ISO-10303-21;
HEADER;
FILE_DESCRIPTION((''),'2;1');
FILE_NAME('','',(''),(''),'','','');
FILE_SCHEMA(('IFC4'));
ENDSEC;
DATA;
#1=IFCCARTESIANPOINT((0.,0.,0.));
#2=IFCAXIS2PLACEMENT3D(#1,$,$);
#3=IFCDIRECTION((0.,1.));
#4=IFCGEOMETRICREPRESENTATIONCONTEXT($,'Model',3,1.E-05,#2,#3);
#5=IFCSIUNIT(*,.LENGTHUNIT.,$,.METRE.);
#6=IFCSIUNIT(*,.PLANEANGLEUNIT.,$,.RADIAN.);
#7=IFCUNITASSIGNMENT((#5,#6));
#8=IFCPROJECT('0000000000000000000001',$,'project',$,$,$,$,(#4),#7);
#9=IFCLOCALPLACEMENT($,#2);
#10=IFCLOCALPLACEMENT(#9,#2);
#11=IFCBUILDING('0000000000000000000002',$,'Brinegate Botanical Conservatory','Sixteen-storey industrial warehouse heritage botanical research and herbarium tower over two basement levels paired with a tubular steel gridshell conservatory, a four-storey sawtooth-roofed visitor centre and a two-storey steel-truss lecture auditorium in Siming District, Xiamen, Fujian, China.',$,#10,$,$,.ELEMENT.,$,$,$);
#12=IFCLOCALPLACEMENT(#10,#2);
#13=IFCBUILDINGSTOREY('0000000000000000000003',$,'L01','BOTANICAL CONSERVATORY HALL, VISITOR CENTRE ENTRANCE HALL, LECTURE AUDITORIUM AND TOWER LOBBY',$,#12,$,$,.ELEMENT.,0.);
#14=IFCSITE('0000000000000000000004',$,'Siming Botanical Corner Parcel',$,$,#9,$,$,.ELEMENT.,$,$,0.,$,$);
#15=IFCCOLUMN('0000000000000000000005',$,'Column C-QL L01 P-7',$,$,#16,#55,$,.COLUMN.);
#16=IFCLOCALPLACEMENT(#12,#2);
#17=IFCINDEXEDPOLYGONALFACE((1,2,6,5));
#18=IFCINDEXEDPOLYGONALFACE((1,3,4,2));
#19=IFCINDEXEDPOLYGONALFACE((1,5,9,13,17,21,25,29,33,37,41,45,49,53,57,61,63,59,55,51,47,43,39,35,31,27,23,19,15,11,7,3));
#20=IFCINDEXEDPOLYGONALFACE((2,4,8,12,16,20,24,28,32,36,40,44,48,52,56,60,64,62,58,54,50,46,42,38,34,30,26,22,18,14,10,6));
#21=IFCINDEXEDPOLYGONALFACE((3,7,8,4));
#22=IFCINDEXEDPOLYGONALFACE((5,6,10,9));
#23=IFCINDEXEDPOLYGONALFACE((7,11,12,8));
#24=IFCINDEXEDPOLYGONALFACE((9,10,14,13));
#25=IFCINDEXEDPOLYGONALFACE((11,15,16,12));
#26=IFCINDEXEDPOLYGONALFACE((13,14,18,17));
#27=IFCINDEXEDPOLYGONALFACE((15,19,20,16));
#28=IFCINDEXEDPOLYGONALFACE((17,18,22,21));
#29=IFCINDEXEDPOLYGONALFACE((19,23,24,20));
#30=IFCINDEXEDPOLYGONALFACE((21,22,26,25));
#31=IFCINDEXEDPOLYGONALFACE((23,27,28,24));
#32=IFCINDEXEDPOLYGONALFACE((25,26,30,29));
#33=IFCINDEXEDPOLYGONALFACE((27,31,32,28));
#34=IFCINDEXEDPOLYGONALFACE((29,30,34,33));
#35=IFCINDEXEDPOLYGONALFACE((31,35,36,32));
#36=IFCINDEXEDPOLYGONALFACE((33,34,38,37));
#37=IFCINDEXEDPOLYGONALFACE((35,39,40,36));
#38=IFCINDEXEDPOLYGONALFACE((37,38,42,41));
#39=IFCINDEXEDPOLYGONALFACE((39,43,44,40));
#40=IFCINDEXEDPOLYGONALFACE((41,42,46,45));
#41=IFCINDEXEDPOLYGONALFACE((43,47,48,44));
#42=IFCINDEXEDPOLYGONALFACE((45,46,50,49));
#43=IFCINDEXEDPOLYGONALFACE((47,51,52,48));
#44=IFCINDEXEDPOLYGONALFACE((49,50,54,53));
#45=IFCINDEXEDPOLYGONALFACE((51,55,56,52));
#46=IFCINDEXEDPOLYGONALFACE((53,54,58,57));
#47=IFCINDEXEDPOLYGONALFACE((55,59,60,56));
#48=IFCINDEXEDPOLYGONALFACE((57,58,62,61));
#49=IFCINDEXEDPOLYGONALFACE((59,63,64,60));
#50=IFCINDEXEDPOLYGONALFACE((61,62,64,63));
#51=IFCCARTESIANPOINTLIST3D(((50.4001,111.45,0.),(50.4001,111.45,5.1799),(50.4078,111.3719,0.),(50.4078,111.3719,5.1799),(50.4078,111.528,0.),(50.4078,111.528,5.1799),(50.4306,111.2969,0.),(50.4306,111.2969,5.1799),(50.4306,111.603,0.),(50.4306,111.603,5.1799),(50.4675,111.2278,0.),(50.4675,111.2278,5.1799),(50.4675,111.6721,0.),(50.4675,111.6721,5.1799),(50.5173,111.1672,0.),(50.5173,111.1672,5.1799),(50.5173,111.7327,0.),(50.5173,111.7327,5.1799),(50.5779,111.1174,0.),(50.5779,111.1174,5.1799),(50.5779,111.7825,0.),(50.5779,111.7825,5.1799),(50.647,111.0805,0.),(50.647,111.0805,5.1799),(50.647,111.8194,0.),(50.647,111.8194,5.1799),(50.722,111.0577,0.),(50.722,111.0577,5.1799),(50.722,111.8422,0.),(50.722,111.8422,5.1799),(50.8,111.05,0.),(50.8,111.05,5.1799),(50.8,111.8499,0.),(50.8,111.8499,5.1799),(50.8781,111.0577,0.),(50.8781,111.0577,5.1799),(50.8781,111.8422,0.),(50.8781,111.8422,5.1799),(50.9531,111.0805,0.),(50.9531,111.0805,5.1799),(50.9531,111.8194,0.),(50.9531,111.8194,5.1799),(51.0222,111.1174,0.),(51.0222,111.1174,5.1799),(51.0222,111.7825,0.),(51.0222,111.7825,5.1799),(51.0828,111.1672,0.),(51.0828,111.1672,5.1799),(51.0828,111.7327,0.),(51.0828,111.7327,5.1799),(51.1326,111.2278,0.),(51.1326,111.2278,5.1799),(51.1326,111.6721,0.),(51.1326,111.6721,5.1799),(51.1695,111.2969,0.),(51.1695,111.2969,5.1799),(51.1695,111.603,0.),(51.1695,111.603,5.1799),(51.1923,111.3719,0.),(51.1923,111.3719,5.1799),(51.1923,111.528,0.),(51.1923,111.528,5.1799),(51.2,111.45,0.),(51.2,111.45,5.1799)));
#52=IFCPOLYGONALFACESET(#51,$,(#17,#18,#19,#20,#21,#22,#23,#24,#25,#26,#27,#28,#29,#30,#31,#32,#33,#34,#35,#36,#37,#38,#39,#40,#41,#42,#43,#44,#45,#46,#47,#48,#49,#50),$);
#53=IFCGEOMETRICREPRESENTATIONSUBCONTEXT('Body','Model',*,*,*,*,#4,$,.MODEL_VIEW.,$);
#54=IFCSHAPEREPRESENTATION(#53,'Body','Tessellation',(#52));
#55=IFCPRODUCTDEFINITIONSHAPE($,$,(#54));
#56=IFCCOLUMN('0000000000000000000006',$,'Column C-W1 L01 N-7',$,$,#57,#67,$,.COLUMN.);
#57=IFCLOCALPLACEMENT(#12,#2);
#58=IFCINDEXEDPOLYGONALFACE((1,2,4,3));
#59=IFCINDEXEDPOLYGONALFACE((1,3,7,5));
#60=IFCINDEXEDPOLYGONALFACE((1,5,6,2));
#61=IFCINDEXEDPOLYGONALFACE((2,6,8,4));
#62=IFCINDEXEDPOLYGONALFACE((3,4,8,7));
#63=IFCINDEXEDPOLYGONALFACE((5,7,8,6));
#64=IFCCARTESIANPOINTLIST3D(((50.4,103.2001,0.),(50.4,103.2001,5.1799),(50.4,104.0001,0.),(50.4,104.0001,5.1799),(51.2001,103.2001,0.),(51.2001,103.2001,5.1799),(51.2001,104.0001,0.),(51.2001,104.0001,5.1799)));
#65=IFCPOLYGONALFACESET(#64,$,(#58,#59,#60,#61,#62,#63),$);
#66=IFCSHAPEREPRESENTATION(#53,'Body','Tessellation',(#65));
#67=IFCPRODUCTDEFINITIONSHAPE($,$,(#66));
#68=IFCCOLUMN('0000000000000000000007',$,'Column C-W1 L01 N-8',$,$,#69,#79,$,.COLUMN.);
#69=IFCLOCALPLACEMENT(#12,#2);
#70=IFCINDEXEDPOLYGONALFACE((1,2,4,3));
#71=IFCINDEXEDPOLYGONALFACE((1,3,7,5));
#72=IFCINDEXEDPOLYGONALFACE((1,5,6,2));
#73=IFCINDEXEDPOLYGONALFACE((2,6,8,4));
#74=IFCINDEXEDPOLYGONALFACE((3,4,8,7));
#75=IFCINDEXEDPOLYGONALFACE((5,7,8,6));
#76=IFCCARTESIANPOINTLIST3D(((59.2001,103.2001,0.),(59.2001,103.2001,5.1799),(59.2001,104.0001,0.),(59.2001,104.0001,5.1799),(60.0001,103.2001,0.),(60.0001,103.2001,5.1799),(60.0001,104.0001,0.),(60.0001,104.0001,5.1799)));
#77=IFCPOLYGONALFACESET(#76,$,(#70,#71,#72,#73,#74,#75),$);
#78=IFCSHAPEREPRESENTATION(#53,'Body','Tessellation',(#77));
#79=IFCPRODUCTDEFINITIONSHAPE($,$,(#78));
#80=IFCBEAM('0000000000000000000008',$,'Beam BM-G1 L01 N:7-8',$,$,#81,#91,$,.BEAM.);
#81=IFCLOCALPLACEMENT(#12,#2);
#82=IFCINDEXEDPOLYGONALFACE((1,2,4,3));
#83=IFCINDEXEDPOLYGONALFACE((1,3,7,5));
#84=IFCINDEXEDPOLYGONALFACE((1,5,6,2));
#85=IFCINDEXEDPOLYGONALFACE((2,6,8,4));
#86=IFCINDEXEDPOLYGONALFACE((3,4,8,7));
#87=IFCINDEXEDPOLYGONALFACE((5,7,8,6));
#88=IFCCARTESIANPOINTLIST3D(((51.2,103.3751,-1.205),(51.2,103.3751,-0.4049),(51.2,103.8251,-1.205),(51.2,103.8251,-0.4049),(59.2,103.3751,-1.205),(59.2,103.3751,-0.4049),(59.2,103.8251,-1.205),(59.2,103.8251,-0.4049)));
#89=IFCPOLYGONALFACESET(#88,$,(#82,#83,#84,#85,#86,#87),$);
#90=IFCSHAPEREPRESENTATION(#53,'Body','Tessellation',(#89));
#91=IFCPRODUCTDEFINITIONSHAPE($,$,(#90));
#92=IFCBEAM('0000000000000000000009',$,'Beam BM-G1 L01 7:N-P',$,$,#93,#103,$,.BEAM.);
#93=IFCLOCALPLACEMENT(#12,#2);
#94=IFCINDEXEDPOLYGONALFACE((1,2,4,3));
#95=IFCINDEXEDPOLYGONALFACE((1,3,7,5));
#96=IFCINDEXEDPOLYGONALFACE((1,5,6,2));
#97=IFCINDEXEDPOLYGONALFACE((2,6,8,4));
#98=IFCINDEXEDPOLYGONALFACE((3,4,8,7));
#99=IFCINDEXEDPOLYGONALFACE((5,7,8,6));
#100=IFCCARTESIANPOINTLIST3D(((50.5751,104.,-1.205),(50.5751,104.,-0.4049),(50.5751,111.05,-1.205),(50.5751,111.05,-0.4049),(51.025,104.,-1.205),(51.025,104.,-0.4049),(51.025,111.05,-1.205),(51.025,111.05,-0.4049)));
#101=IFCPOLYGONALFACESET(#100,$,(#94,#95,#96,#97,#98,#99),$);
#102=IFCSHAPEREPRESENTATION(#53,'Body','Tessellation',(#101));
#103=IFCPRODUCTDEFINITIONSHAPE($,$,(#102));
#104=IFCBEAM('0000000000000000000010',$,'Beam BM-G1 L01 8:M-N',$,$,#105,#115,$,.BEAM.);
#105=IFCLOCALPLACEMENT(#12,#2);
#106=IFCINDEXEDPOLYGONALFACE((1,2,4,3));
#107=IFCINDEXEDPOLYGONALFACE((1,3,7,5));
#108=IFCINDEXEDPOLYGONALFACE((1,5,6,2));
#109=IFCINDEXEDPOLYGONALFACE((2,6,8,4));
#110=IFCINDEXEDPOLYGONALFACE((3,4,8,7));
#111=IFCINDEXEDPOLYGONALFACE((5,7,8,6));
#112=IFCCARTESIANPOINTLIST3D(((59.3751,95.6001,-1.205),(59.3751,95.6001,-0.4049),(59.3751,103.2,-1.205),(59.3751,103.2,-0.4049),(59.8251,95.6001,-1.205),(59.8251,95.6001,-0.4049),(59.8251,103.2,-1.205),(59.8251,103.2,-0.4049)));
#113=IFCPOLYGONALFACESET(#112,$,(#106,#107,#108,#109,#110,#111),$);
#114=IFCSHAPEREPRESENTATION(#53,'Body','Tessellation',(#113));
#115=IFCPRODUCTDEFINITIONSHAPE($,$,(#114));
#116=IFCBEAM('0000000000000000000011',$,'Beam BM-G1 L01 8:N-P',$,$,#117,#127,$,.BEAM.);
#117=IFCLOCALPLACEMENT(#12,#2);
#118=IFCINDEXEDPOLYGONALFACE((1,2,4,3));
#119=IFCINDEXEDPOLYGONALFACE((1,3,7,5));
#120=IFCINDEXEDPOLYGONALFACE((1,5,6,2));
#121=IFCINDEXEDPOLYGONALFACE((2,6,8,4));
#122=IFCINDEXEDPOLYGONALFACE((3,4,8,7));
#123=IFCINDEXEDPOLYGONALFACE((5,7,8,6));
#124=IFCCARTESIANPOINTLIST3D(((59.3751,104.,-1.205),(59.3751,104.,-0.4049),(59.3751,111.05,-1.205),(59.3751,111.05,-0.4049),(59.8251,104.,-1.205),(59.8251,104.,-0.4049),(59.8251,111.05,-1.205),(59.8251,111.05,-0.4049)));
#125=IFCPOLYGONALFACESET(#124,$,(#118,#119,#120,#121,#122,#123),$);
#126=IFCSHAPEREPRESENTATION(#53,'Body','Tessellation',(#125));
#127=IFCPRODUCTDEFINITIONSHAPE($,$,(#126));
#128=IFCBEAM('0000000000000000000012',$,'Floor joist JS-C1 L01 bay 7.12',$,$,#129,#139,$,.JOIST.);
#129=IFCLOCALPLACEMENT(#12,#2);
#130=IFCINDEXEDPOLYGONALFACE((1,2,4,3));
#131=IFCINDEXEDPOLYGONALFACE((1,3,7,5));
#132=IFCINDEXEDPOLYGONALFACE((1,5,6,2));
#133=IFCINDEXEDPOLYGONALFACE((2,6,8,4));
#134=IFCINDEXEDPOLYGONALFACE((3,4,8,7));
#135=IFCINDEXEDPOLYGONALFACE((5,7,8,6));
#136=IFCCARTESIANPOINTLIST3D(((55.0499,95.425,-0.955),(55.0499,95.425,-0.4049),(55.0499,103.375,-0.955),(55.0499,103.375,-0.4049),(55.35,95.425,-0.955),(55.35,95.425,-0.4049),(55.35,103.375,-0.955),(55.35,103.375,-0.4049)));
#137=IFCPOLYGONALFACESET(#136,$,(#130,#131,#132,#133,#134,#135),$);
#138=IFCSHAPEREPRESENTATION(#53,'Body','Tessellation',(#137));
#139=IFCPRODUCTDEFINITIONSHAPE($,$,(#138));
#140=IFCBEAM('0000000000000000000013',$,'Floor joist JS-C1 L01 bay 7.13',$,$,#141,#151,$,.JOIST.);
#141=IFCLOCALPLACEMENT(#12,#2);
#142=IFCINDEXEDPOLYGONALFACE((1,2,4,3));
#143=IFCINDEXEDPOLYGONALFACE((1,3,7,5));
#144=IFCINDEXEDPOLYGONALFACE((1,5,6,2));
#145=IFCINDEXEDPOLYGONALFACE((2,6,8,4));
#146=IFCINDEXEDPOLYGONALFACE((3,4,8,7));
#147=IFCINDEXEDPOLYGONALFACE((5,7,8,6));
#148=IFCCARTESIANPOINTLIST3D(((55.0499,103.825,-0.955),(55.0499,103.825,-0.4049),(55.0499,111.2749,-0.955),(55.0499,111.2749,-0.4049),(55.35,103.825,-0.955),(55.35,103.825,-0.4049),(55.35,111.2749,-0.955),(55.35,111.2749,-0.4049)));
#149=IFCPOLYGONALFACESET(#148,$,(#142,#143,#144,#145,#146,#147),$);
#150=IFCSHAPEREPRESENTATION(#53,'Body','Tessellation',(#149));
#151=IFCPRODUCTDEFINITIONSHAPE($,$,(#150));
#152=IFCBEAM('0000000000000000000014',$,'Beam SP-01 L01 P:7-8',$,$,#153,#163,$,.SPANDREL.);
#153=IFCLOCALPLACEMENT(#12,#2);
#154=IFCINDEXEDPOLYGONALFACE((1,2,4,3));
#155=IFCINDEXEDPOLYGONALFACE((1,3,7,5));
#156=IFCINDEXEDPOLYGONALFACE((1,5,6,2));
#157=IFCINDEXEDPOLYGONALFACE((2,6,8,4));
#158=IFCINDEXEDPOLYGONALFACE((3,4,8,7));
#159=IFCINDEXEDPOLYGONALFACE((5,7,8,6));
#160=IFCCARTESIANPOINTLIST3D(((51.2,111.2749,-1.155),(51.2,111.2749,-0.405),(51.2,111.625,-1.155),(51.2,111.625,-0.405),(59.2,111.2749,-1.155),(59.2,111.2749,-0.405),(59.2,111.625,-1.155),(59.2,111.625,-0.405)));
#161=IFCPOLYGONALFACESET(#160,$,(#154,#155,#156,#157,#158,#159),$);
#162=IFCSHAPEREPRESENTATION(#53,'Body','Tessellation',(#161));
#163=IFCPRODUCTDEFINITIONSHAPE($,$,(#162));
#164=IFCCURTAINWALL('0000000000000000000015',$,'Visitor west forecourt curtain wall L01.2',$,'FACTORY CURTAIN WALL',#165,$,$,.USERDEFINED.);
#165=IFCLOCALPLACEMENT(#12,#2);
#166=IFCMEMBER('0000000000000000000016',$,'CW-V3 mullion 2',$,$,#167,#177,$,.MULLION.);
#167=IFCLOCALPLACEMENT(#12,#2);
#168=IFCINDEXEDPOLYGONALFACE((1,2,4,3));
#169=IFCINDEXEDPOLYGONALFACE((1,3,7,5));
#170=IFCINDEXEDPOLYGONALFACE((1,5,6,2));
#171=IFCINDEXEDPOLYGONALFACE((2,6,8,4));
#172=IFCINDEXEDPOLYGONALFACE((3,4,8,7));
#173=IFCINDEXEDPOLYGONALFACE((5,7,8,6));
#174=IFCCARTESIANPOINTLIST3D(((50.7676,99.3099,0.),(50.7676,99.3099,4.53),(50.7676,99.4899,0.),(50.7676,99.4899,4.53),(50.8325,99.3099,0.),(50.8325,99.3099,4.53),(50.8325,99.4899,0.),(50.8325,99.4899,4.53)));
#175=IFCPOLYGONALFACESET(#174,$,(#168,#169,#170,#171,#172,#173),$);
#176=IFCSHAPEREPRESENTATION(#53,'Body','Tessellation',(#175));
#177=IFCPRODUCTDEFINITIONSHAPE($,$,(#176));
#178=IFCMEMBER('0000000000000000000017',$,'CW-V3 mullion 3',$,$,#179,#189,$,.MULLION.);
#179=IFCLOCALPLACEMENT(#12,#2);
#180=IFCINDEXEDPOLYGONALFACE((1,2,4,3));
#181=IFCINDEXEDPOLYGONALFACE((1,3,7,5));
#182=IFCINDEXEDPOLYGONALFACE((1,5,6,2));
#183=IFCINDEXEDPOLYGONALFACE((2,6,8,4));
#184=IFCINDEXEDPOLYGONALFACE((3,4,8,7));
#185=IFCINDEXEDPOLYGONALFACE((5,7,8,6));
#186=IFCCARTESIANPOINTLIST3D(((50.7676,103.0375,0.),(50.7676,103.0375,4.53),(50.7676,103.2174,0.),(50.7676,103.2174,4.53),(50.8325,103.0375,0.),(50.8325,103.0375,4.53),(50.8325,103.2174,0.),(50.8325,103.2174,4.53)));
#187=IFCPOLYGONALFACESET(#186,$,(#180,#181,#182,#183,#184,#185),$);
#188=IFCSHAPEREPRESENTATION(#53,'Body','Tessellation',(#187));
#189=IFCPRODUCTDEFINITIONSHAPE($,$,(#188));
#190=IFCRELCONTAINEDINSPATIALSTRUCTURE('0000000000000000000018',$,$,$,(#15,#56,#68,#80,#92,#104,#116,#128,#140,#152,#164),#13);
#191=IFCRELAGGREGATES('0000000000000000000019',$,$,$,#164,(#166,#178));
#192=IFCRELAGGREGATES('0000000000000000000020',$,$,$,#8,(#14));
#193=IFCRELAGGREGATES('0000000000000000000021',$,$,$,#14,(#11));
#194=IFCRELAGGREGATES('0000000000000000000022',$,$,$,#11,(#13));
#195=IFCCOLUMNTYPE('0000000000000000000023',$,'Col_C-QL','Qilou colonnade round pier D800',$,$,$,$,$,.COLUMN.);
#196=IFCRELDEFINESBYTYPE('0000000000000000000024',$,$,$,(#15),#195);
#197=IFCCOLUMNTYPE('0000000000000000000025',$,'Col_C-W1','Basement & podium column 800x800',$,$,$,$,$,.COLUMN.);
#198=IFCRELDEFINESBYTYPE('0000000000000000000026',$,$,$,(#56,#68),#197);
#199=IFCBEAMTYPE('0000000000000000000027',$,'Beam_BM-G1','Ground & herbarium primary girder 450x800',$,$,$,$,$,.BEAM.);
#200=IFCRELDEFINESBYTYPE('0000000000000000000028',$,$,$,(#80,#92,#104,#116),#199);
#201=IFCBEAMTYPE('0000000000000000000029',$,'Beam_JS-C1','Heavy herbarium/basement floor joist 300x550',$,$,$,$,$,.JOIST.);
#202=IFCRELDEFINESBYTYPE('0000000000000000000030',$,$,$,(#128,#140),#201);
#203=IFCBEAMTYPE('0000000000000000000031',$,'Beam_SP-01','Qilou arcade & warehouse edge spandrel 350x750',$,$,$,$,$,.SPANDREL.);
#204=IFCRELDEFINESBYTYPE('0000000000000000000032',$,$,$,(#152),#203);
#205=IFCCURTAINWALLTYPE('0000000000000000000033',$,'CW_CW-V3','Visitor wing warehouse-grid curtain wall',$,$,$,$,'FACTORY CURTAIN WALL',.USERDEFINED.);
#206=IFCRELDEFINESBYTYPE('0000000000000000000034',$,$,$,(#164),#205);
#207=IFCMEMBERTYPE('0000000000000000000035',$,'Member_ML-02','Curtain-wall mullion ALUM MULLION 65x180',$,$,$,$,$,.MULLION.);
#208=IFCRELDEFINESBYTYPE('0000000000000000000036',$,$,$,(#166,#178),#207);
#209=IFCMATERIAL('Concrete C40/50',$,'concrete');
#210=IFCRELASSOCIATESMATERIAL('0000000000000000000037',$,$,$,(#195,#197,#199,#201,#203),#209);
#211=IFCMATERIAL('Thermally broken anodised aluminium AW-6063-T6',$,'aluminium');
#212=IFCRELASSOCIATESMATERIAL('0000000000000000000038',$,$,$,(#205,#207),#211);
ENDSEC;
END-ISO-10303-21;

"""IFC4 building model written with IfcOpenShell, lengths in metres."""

from ifc_helpers import new_model, si_unit, direction, frame, origin, origin_2d, place, context, subcontext, project, spatial, rectangle, circle, extrude, material, material_profile, profile_set, type_object, element, aggregate, save


model = new_model("IFC4")

# Units and contexts
model_context = context("Model", 3, precision=1e-05, world=origin(), true_north=direction((0.0, 1.0)))
body_context = subcontext(model_context, "Body", "Model", "MODEL_VIEW")
ifc_project = project(units=[si_unit("LENGTHUNIT", "METRE"), si_unit("PLANEANGLEUNIT", "RADIAN")], contexts=[model_context])

# Site, building, storey
site_placement = place(None, origin())
site = spatial("IfcSite", under=ifc_project, at=site_placement, Name="Siming Botanical Corner Parcel", CompositionType="ELEMENT", RefElevation=0.0)
building_placement = place(site_placement, origin())
building = spatial("IfcBuilding", under=site, at=building_placement, Name="Brinegate Botanical Conservatory", Description="Sixteen-storey industrial warehouse heritage botanical research and herbarium tower over two basement levels paired with a tubular steel gridshell conservatory, a four-storey sawtooth-roofed visitor centre and a two-storey steel-truss lecture auditorium in Siming District, Xiamen, Fujian, China.", CompositionType="ELEMENT")
storey_placement = place(building_placement, origin())
storey = spatial("IfcBuildingStorey", under=building, at=storey_placement, Name="L01", Description="BOTANICAL CONSERVATORY HALL, VISITOR CENTRE ENTRANCE HALL, LECTURE AUDITORIUM AND TOWER LOBBY", CompositionType="ELEMENT", Elevation=0.0)

# Columns
ifc_material_1 = material(Name="Concrete C40/50", Category="concrete")
ifc_material_profile_1 = material_profile(ifc_material_1, circle(Radius=0.3999, at=origin_2d()), Name="RC COL D800")
ifc_profile_set_1 = profile_set([ifc_material_profile_1], Name="Concrete C40/50")
column_type_1 = type_object("IfcColumnType", Name="Col_C-QL", Description="Qilou colonnade round pier D800", PredefinedType="COLUMN", material=ifc_profile_set_1)
column_placement = place(storey_placement, frame((50.8, 111.45, 0.0), z_axis=(0.0, 0.0, 1.0), x_axis=(1.0, 0.0, 0.0)))
element("IfcColumn", 1, at=column_placement, inside=storey, type_object=column_type_1, Name="Column C-QL L01 P-7", PredefinedType="COLUMN", context=body_context, shape_type="SweptSolid", body=[
    extrude(circle(Radius=0.3999, at=origin_2d()), origin(), (0.0, 0.0, 1.0), 5.1799),
])
ifc_material_profile_2 = material_profile(ifc_material_1, rectangle(XDim=0.8, YDim=0.8, at=origin_2d()), Name="RC COL 800x800")
ifc_profile_set_2 = profile_set([ifc_material_profile_2], Name="Concrete C40/50")
column_type_2 = type_object("IfcColumnType", Name="Col_C-W1", Description="Basement & podium column 800x800", PredefinedType="COLUMN", material=ifc_profile_set_2)
for number, where, z_axis, x_axis, name in (
    (2, (50.8, 103.6001, 0.0), (0.0, 0.0, 1.0), (1.0, 0.0, 0.0), "Column C-W1 L01 N-7"),
    (3, (59.6001, 103.6001, 0.0), (0.0, 0.0, 1.0), (1.0, 0.0, 0.0), "Column C-W1 L01 N-8"),
):
    element("IfcColumn", number, at=place(storey_placement, frame(where, z_axis=z_axis, x_axis=x_axis)), inside=storey, type_object=column_type_2, Name=name, PredefinedType="COLUMN", context=body_context, shape_type="SweptSolid", body=[
        extrude(rectangle(XDim=0.8, YDim=0.8, at=origin_2d()), origin(), (0.0, 0.0, 1.0), 5.1799),
    ])

# Beams
ifc_material_profile_3 = material_profile(ifc_material_1, rectangle(XDim=0.45, YDim=0.8, at=origin_2d()), Name="RC BM 450x800")
ifc_profile_set_3 = profile_set([ifc_material_profile_3], Name="Concrete C40/50")
beam_type_1 = type_object("IfcBeamType", Name="Beam_BM-G1", Description="Ground & herbarium primary girder 450x800", PredefinedType="BEAM", material=ifc_profile_set_3)
beam_1_placement = place(storey_placement, frame((51.2, 103.6001, -0.8049), z_axis=(1.0, 0.0, 0.0), x_axis=(0.0, 1.0, 0.0)))
element("IfcBeam", 4, at=beam_1_placement, inside=storey, type_object=beam_type_1, Name="Beam BM-G1 L01 N:7-8", PredefinedType="BEAM", context=body_context, shape_type="SweptSolid", body=[
    extrude(rectangle(XDim=0.45, YDim=0.8, at=origin_2d()), origin(), (0.0, 0.0, 1.0), 8.0),
])
beam_2_placement = place(storey_placement, frame((50.8, 104.0, -0.8049), z_axis=(0.0, 1.0, 0.0), x_axis=(-1.0, 0.0, 0.0)))
element("IfcBeam", 5, at=beam_2_placement, inside=storey, type_object=beam_type_1, Name="Beam BM-G1 L01 7:N-P", PredefinedType="BEAM", context=body_context, shape_type="SweptSolid", body=[
    extrude(rectangle(XDim=0.45, YDim=0.8, at=origin_2d()), origin(), (0.0, 0.0, 1.0), 7.05),
])
beam_3_placement = place(storey_placement, frame((59.6001, 95.6001, -0.8049), z_axis=(0.0, 1.0, 0.0), x_axis=(-1.0, 0.0, 0.0)))
element("IfcBeam", 6, at=beam_3_placement, inside=storey, type_object=beam_type_1, Name="Beam BM-G1 L01 8:M-N", PredefinedType="BEAM", context=body_context, shape_type="SweptSolid", body=[
    extrude(rectangle(XDim=0.45, YDim=0.8, at=origin_2d()), origin(), (0.0, 0.0, 1.0), 7.5999),
])
beam_4_placement = place(storey_placement, frame((59.6001, 104.0, -0.8049), z_axis=(0.0, 1.0, 0.0), x_axis=(-1.0, 0.0, 0.0)))
element("IfcBeam", 7, at=beam_4_placement, inside=storey, type_object=beam_type_1, Name="Beam BM-G1 L01 8:N-P", PredefinedType="BEAM", context=body_context, shape_type="SweptSolid", body=[
    extrude(rectangle(XDim=0.45, YDim=0.8, at=origin_2d()), origin(), (0.0, 0.0, 1.0), 7.05),
])
ifc_material_profile_4 = material_profile(ifc_material_1, rectangle(XDim=0.3, YDim=0.55, at=origin_2d()), Name="RC JST 300x550")
ifc_profile_set_4 = profile_set([ifc_material_profile_4], Name="Concrete C40/50")
beam_type_2 = type_object("IfcBeamType", Name="Beam_JS-C1", Description="Heavy herbarium/basement floor joist 300x550", PredefinedType="JOIST", material=ifc_profile_set_4)
beam_5_placement = place(storey_placement, frame((55.2, 95.425, -0.6799), z_axis=(0.0, 1.0, 0.0), x_axis=(-1.0, 0.0, 0.0)))
element("IfcBeam", 8, at=beam_5_placement, inside=storey, type_object=beam_type_2, Name="Floor joist JS-C1 L01 bay 7.12", PredefinedType="JOIST", context=body_context, shape_type="SweptSolid", body=[
    extrude(rectangle(XDim=0.3, YDim=0.55, at=origin_2d()), origin(), (0.0, 0.0, 1.0), 7.95),
])
beam_6_placement = place(storey_placement, frame((55.2, 103.825, -0.6799), z_axis=(0.0, 1.0, 0.0), x_axis=(-1.0, 0.0, 0.0)))
element("IfcBeam", 9, at=beam_6_placement, inside=storey, type_object=beam_type_2, Name="Floor joist JS-C1 L01 bay 7.13", PredefinedType="JOIST", context=body_context, shape_type="SweptSolid", body=[
    extrude(rectangle(XDim=0.3, YDim=0.55, at=origin_2d()), origin(), (0.0, 0.0, 1.0), 7.45),
])
ifc_material_profile_5 = material_profile(ifc_material_1, rectangle(XDim=0.3501, YDim=0.75, at=origin_2d()), Name="RC SPN 350x750")
ifc_profile_set_5 = profile_set([ifc_material_profile_5], Name="Concrete C40/50")
beam_type_3 = type_object("IfcBeamType", Name="Beam_SP-01", Description="Qilou arcade & warehouse edge spandrel 350x750", PredefinedType="SPANDREL", material=ifc_profile_set_5)
beam_7_placement = place(storey_placement, frame((51.2, 111.45, -0.78), z_axis=(1.0, 0.0, 0.0), x_axis=(0.0, 1.0, 0.0)))
element("IfcBeam", 10, at=beam_7_placement, inside=storey, type_object=beam_type_3, Name="Beam SP-01 L01 P:7-8", PredefinedType="SPANDREL", context=body_context, shape_type="SweptSolid", body=[
    extrude(rectangle(XDim=0.3501, YDim=0.75, at=origin_2d()), origin(), (0.0, 0.0, 1.0), 8.0),
])

# Curtain wall, members
ifc_material_2 = material(Name="Thermally broken anodised aluminium AW-6063-T6", Category="aluminium")
curtain_wall_type = type_object("IfcCurtainWallType", Name="CW_CW-V3", Description="Visitor wing warehouse-grid curtain wall", ElementType="FACTORY CURTAIN WALL", PredefinedType="USERDEFINED", material=ifc_material_2)
curtain_wall_1_placement = place(storey_placement, origin())
curtain_wall_1 = element("IfcCurtainWall", 11, at=curtain_wall_1_placement, inside=storey, type_object=curtain_wall_type, Name="Visitor west forecourt curtain wall L01.2", ObjectType="FACTORY CURTAIN WALL", PredefinedType="USERDEFINED")
ifc_material_profile_6 = material_profile(ifc_material_2, rectangle(XDim=0.0649, YDim=0.1799, at=origin_2d()), Name="ALUM MULLION 65x180")
ifc_profile_set_6 = profile_set([ifc_material_profile_6], Name="Thermally broken anodised aluminium AW-6063-T6")
member_type_1 = type_object("IfcMemberType", Name="Member_ML-02", Description="Curtain-wall mullion ALUM MULLION 65x180", PredefinedType="MULLION", material=ifc_profile_set_6)
member_1_placement = place(storey_placement, frame((50.8, 99.3999, 0.0), z_axis=(0.0, 0.0, 1.0), x_axis=(-1.0, 0.0, 0.0)))
member_1 = element("IfcMember", 12, at=member_1_placement, type_object=member_type_1, Name="CW-V3 mullion 2", PredefinedType="MULLION", context=body_context, shape_type="SweptSolid", body=[
    extrude(rectangle(XDim=0.0649, YDim=0.1799, at=origin_2d()), origin(), (0.0, 0.0, 1.0), 4.53),
])
member_2_placement = place(storey_placement, frame((50.8, 103.1274, 0.0), z_axis=(0.0, 0.0, 1.0), x_axis=(-1.0, 0.0, 0.0)))
member_2 = element("IfcMember", 13, at=member_2_placement, type_object=member_type_1, Name="CW-V3 mullion 3", PredefinedType="MULLION", context=body_context, shape_type="SweptSolid", body=[
    extrude(rectangle(XDim=0.0649, YDim=0.1799, at=origin_2d()), origin(), (0.0, 0.0, 1.0), 4.53),
])

aggregate(curtain_wall_1, [member_1, member_2])

save(model, "model.ifc")
